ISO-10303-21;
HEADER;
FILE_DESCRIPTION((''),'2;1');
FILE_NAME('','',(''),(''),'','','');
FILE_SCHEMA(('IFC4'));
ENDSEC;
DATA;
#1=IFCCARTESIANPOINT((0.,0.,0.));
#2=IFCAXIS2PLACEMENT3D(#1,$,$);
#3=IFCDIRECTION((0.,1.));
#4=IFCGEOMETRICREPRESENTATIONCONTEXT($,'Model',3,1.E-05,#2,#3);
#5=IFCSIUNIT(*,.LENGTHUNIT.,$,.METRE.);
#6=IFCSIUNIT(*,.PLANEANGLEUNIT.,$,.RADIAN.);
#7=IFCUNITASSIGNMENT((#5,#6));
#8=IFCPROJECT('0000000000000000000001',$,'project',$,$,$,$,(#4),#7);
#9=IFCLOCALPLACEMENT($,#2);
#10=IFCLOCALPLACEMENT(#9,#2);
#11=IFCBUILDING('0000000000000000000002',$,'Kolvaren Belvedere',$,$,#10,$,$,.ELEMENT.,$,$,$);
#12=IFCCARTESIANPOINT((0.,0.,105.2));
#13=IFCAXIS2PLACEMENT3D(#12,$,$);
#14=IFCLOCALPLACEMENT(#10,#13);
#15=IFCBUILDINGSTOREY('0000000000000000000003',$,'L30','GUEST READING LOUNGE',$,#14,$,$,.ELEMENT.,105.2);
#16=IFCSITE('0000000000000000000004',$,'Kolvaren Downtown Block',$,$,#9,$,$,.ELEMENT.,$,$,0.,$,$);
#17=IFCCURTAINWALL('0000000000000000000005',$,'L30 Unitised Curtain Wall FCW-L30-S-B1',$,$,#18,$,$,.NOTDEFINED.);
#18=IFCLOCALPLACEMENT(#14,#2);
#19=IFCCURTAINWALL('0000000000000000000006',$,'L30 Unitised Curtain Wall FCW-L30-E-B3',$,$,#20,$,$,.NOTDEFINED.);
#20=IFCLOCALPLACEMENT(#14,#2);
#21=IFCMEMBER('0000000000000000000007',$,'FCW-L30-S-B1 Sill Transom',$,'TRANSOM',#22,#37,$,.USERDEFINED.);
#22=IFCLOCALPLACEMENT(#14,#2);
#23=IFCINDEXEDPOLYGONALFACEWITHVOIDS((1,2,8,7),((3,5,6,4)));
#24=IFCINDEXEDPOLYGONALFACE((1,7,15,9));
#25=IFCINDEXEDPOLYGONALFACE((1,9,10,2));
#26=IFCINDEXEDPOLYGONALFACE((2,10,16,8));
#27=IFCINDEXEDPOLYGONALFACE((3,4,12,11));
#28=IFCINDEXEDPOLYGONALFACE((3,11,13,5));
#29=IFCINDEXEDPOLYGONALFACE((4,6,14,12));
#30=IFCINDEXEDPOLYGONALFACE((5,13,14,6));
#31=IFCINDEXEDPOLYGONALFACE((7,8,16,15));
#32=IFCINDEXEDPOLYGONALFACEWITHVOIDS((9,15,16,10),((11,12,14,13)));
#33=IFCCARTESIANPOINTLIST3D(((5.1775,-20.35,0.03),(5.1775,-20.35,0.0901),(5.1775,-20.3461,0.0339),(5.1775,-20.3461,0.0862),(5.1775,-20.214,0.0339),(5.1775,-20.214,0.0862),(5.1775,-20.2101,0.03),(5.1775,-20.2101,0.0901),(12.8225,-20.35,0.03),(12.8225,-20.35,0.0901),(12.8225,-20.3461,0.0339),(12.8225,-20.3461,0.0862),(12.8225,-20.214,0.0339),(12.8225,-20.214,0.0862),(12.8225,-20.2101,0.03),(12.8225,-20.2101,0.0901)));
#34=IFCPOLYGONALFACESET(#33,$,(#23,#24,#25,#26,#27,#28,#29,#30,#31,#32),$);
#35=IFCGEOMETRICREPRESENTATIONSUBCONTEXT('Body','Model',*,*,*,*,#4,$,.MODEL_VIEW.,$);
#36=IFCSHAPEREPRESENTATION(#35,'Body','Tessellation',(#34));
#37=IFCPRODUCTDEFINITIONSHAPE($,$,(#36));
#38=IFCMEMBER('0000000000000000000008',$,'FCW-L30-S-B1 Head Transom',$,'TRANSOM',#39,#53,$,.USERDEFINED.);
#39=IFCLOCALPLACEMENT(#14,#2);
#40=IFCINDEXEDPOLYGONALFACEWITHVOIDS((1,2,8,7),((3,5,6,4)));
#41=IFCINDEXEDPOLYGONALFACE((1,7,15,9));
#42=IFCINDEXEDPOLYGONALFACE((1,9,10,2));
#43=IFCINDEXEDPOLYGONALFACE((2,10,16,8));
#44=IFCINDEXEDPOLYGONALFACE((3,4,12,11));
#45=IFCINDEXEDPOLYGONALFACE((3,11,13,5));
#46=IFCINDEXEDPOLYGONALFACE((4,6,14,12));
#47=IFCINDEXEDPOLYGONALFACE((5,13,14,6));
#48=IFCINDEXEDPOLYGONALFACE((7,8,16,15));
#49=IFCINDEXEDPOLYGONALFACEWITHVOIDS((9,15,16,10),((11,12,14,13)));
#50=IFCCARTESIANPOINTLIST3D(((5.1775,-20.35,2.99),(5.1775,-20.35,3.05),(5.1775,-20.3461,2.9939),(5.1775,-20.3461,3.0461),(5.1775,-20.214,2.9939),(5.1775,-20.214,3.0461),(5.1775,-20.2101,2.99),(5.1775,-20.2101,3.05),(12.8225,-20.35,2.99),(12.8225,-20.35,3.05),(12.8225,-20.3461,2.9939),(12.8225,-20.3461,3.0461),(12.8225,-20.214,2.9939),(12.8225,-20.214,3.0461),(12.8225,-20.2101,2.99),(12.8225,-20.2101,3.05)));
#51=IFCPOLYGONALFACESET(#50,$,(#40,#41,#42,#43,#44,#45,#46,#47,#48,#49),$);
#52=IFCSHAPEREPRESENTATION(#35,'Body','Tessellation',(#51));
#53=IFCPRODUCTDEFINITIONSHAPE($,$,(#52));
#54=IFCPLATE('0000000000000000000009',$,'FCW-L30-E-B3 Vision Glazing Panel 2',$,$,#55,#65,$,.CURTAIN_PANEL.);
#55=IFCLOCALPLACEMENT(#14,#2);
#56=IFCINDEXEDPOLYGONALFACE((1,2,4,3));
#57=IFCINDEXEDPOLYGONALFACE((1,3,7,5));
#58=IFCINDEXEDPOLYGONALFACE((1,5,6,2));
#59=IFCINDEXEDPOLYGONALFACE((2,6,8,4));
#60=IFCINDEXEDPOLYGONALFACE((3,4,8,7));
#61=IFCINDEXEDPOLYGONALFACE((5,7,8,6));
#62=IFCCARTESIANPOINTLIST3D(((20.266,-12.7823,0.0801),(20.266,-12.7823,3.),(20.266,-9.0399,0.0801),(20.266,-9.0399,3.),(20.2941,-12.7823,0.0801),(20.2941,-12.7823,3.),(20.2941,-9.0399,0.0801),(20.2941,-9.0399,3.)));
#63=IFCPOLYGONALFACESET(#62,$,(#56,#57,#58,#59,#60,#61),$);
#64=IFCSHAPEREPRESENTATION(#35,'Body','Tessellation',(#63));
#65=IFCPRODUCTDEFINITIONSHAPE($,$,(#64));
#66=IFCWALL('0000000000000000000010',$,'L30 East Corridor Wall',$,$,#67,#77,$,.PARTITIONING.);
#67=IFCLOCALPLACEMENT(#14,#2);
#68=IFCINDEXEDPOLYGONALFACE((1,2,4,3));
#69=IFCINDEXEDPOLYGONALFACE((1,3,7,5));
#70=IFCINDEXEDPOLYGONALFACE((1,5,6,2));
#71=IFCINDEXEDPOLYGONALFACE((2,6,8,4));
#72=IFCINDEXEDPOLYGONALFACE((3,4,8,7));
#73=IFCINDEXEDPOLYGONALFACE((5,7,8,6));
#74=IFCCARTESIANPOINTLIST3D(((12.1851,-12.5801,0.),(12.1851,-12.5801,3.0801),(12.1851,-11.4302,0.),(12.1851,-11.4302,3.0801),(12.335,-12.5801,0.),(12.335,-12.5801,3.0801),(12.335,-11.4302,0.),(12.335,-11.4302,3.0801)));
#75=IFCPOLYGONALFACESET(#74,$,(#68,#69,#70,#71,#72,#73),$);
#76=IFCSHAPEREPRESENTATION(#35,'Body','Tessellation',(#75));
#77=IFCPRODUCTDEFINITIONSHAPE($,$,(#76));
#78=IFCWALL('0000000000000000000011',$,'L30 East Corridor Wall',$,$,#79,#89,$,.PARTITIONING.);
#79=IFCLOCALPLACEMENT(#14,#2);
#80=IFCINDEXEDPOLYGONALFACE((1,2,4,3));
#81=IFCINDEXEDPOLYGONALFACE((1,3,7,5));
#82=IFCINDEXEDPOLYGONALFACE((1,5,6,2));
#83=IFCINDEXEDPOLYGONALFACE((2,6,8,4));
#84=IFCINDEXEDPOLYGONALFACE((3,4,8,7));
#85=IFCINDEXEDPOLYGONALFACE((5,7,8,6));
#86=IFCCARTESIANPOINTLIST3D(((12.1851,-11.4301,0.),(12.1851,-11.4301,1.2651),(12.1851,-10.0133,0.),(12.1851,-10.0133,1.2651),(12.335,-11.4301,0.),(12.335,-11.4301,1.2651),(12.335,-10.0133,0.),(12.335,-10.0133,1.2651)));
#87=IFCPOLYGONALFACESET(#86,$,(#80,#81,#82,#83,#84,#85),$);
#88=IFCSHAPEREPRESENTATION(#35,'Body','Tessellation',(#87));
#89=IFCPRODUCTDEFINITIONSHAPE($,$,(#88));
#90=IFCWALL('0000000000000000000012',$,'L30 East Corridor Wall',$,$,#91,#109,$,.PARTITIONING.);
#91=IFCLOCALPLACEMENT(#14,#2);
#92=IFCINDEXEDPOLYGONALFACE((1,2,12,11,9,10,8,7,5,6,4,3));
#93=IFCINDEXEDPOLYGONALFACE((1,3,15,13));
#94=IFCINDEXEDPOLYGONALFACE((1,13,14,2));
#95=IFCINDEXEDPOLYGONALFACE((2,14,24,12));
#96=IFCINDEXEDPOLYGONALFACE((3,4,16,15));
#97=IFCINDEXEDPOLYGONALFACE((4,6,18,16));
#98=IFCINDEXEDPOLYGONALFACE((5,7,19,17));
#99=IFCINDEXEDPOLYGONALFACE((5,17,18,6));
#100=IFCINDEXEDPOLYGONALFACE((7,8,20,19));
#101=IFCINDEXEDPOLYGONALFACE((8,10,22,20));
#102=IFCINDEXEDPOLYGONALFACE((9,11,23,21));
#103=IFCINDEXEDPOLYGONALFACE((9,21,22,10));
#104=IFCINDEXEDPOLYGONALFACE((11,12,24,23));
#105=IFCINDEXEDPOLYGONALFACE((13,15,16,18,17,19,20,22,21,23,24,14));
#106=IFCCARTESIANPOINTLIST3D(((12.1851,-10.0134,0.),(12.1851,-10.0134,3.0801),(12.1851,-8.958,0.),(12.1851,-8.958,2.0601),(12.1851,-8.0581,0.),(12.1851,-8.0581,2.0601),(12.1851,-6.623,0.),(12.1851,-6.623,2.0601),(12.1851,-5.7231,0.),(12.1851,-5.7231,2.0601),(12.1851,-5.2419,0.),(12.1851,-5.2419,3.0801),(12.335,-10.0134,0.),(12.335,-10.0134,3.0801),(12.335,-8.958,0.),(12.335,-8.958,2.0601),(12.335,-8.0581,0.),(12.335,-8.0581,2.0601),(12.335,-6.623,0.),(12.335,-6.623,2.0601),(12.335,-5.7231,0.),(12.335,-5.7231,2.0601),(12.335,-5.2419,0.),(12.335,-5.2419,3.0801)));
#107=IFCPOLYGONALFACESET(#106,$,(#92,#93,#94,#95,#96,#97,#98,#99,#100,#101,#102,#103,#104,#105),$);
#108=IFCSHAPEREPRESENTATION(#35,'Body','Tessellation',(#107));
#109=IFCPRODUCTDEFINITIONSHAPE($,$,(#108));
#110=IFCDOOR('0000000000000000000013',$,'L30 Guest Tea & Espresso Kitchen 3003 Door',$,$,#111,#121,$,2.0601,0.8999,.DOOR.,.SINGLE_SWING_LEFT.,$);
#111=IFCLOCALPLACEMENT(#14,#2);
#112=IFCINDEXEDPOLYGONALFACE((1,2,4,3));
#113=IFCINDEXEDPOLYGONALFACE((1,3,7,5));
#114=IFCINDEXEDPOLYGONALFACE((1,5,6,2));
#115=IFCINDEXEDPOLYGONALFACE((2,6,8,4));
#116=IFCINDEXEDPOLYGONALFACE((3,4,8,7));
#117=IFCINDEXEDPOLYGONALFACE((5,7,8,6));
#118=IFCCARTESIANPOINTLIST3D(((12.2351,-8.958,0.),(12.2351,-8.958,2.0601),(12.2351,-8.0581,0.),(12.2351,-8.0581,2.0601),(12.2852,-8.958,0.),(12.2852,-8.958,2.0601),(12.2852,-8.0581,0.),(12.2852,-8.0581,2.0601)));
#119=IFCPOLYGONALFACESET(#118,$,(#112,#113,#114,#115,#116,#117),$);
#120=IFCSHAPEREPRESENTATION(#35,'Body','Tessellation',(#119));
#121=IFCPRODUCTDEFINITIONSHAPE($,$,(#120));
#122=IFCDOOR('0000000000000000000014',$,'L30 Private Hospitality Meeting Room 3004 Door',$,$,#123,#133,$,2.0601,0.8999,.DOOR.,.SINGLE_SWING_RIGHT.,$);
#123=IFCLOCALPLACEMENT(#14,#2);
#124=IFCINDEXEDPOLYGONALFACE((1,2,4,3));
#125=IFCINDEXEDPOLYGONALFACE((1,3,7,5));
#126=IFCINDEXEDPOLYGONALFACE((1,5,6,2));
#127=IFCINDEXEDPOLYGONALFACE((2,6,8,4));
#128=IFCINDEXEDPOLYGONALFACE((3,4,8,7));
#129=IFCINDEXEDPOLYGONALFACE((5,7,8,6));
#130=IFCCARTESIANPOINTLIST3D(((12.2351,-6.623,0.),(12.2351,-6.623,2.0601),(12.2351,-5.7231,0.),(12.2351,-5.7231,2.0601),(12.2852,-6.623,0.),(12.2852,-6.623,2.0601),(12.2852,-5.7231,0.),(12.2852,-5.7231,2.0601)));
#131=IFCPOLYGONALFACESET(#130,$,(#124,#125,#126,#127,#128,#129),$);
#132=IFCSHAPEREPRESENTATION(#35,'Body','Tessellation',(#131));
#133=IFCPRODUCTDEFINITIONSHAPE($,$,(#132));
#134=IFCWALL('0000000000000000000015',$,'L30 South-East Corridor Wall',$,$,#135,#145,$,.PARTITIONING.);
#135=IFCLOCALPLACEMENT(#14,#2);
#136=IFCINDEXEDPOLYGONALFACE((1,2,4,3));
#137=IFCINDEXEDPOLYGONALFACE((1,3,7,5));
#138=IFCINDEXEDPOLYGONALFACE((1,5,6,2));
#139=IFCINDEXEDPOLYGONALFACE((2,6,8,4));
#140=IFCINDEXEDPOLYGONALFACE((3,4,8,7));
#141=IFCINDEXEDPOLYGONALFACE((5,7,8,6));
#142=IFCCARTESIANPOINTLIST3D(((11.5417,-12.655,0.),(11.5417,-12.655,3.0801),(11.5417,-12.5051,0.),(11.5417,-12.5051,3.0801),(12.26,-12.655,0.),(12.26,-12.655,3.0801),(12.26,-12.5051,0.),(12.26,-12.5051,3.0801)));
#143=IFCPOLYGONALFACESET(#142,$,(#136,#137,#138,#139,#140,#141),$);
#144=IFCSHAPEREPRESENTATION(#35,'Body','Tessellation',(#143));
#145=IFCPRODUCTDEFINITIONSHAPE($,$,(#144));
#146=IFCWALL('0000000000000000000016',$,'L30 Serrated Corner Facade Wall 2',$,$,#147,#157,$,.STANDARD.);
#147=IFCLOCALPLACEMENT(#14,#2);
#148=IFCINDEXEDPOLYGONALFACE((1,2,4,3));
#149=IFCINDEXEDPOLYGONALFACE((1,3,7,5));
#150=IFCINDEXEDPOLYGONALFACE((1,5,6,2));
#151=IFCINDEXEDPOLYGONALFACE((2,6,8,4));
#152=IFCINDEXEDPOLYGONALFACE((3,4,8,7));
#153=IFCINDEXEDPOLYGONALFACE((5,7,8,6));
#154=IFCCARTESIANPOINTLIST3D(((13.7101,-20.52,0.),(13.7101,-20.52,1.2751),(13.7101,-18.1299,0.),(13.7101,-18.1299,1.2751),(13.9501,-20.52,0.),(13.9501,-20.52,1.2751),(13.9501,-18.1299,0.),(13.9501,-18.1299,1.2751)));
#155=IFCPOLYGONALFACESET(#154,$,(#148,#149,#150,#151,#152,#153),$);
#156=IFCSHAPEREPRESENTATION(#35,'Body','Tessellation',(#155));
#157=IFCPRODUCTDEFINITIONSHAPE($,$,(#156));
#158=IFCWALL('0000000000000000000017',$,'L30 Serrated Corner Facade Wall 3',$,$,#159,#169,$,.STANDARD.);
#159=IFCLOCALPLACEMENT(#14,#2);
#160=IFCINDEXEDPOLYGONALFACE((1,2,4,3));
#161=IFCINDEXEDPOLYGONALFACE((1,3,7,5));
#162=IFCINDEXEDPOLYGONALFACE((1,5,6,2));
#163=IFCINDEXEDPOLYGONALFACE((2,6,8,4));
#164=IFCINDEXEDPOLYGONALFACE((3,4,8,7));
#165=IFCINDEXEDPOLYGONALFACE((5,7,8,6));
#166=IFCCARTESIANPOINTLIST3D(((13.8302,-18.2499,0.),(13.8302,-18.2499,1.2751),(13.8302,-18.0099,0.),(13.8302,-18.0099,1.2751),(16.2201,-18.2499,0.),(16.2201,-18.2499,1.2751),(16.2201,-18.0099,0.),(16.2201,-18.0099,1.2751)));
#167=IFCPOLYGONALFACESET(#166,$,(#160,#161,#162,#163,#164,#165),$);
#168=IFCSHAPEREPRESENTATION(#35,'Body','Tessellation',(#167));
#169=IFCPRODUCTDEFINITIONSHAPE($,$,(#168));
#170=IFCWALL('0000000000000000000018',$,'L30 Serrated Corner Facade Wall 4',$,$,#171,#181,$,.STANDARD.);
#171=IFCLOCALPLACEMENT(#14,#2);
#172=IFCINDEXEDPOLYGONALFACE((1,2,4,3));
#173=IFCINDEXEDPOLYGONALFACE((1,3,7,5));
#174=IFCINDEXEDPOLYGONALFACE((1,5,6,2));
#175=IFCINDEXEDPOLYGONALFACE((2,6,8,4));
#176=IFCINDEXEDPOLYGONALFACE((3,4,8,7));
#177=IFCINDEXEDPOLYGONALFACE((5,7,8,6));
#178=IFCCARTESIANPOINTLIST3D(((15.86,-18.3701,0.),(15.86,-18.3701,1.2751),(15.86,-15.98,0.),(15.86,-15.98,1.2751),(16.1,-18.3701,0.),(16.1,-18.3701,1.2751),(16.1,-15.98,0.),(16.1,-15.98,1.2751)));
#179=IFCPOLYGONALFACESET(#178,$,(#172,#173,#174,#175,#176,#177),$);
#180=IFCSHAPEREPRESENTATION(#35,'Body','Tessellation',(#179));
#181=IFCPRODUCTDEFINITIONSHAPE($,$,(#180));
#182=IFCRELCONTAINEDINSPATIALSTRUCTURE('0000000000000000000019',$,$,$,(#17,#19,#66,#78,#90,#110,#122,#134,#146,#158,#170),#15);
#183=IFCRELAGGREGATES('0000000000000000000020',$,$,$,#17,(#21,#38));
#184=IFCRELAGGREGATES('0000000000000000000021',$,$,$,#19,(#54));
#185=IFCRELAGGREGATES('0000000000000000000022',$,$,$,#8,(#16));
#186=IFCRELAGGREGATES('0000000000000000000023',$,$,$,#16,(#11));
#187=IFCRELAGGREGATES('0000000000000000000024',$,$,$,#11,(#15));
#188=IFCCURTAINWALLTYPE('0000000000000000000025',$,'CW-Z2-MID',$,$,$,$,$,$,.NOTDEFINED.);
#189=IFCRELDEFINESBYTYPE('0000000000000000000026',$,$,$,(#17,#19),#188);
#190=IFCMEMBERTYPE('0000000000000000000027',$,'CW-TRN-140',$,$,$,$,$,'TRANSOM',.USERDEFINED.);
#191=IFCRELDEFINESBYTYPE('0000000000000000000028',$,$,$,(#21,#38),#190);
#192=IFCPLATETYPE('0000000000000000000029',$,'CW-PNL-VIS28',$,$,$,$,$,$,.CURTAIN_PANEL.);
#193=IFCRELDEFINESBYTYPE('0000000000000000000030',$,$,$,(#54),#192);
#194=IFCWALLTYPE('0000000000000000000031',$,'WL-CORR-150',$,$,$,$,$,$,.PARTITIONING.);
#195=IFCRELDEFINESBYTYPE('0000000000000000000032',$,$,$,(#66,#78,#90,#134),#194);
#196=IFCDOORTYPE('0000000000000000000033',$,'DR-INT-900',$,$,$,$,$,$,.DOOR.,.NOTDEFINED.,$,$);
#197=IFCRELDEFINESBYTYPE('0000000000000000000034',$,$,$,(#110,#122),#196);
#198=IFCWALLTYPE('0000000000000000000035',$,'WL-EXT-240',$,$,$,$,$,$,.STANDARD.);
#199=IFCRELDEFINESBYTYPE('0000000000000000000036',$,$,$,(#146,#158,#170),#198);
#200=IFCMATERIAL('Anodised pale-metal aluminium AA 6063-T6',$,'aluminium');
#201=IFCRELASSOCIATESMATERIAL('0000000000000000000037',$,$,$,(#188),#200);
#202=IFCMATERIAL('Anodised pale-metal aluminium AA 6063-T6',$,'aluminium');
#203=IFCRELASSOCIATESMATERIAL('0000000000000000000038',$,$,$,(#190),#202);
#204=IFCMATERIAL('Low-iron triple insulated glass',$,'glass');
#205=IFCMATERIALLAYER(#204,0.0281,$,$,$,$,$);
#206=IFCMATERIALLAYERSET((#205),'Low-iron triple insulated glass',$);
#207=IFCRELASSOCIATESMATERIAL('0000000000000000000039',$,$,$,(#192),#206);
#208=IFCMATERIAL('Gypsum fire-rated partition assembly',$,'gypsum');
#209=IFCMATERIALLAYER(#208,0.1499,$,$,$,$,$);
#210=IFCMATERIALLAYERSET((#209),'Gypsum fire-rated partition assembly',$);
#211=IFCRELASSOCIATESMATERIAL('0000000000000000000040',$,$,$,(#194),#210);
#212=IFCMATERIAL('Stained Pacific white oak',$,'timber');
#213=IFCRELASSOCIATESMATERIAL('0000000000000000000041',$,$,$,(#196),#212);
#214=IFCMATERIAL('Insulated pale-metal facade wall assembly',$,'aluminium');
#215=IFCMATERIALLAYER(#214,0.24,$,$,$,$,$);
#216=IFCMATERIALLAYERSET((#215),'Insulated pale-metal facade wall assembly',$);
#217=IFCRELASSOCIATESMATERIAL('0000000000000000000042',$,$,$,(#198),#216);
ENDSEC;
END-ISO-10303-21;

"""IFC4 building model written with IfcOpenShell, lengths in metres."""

from ifc_helpers import new_model, si_unit, direction, frame, frame_2d, origin, origin_2d, place, context, subcontext, project, spatial, rectangle, hollow_rectangle, extrude, material, layer, layer_set, material_profile, profile_set, type_object, element, fill, aggregate, save


model = new_model("IFC4")

# Units and contexts
model_context = context("Model", 3, precision=1e-05, world=origin(), true_north=direction((0.0, 1.0)))
body_context = subcontext(model_context, "Body", "Model", "MODEL_VIEW")
ifc_project = project(units=[si_unit("LENGTHUNIT", "METRE"), si_unit("PLANEANGLEUNIT", "RADIAN")], contexts=[model_context])

# Site, building, storey
site_placement = place(None, origin())
site = spatial("IfcSite", under=ifc_project, at=site_placement, Name="Kolvaren Downtown Block", CompositionType="ELEMENT", RefElevation=0.0)
building_placement = place(site_placement, origin())
building = spatial("IfcBuilding", under=site, at=building_placement, Name="Kolvaren Belvedere", CompositionType="ELEMENT")
storey_placement = place(building_placement, frame((0.0, 0.0, 105.2)))
storey = spatial("IfcBuildingStorey", under=building, at=storey_placement, Name="L30", Description="GUEST READING LOUNGE", CompositionType="ELEMENT", Elevation=105.2)

# Curtain walls
ifc_material_1 = material(Name="Anodised pale-metal aluminium AA 6063-T6", Category="aluminium")
curtain_wall_type = type_object("IfcCurtainWallType", Name="CW-Z2-MID", PredefinedType="NOTDEFINED", material=ifc_material_1)
curtain_wall_1_placement = place(storey_placement, origin())
curtain_wall_1 = element("IfcCurtainWall", 1, at=curtain_wall_1_placement, inside=storey, type_object=curtain_wall_type, Name="L30 Unitised Curtain Wall FCW-L30-S-B1", PredefinedType="NOTDEFINED")
curtain_wall_2_placement = place(storey_placement, origin())
curtain_wall_2 = element("IfcCurtainWall", 2, at=curtain_wall_2_placement, inside=storey, type_object=curtain_wall_type, Name="L30 Unitised Curtain Wall FCW-L30-E-B3", PredefinedType="NOTDEFINED")

# Members
ifc_material_2 = material(Name="Anodised pale-metal aluminium AA 6063-T6", Category="aluminium")
ifc_material_profile_1 = material_profile(ifc_material_2, hollow_rectangle(XDim=0.0601, YDim=0.1399, WallThickness=0.0039, at=origin_2d()), Name="ALU-TRN-140X60")
ifc_profile_set_1 = profile_set([ifc_material_profile_1], Name="Anodised pale-metal aluminium AA 6063-T6")
member_type_1 = type_object("IfcMemberType", Name="CW-TRN-140", ElementType="TRANSOM", PredefinedType="USERDEFINED", material=ifc_profile_set_1)
member_1_placement = place(storey_placement, frame((12.8225, -20.28, 0.0601), z_axis=(-1.0, 0.0, 0.0), x_axis=(0.0, 0.0, 1.0)))
member_1 = element("IfcMember", 3, at=member_1_placement, type_object=member_type_1, Name="FCW-L30-S-B1 Sill Transom", ObjectType="TRANSOM", PredefinedType="USERDEFINED", context=body_context, shape_type="SweptSolid", body=[
    extrude(hollow_rectangle(XDim=0.0601, YDim=0.1399, WallThickness=0.0039, at=origin_2d()), origin(), (0.0, 0.0, 1.0), 7.645),
])
member_2_placement = place(storey_placement, frame((12.8225, -20.28, 3.02), z_axis=(-1.0, 0.0, 0.0), x_axis=(0.0, 0.0, 1.0)))
member_2 = element("IfcMember", 4, at=member_2_placement, type_object=member_type_1, Name="FCW-L30-S-B1 Head Transom", ObjectType="TRANSOM", PredefinedType="USERDEFINED", context=body_context, shape_type="SweptSolid", body=[
    extrude(hollow_rectangle(XDim=0.0601, YDim=0.1399, WallThickness=0.0039, at=origin_2d()), origin(), (0.0, 0.0, 1.0), 7.645),
])
aggregate(curtain_wall_1, [member_1, member_2])

# Plate
ifc_material_3 = material(Name="Low-iron triple insulated glass", Category="glass")
ifc_layer_1 = layer(ifc_material_3, 0.0281)
ifc_layer_set_1 = layer_set([ifc_layer_1], Name="Low-iron triple insulated glass")
plate_type = type_object("IfcPlateType", Name="CW-PNL-VIS28", PredefinedType="CURTAIN_PANEL", material=ifc_layer_set_1)
plate_placement = place(storey_placement, frame((20.28, -10.9111, 0.0801), z_axis=(0.0, 0.0, 1.0), x_axis=(0.0, -1.0, 0.0)))
plate = element("IfcPlate", 5, at=plate_placement, type_object=plate_type, Name="FCW-L30-E-B3 Vision Glazing Panel 2", PredefinedType="CURTAIN_PANEL", context=body_context, shape_type="SweptSolid", body=[
    extrude(rectangle(XDim=3.7424, YDim=0.0281, at=origin_2d()), origin(), (0.0, 0.0, 1.0), 2.9199),
])
aggregate(curtain_wall_2, [plate])

# Walls
ifc_material_4 = material(Name="Gypsum fire-rated partition assembly", Category="gypsum")
ifc_layer_2 = layer(ifc_material_4, 0.1499)
ifc_layer_set_2 = layer_set([ifc_layer_2], Name="Gypsum fire-rated partition assembly")
wall_type_1 = type_object("IfcWallType", Name="WL-CORR-150", PredefinedType="PARTITIONING", material=ifc_layer_set_2)
wall_1_placement = place(storey_placement, frame((12.26, -12.5801, 0.0), z_axis=(0.0, 0.0, 1.0), x_axis=(0.0, 1.0, 0.0)))
element("IfcWall", 6, at=wall_1_placement, inside=storey, type_object=wall_type_1, Name="L30 East Corridor Wall", PredefinedType="PARTITIONING", context=body_context, shape_type="SweptSolid", body=[
    extrude(rectangle(XDim=1.1499, YDim=0.1499, at=frame_2d((0.575, 0.0))), origin(), (0.0, 0.0, 1.0), 3.0801),
])
wall_2_placement = place(storey_placement, frame((12.26, -11.4302, 0.0), z_axis=(0.0, 0.0, 1.0), x_axis=(0.0, 1.0, 0.0)))
element("IfcWall", 7, at=wall_2_placement, inside=storey, type_object=wall_type_1, Name="L30 East Corridor Wall", PredefinedType="PARTITIONING", context=body_context, shape_type="SweptSolid", body=[
    extrude(rectangle(XDim=1.4167, YDim=0.1499, at=frame_2d((0.7085, 0.0))), origin(), (0.0, 0.0, 1.0), 1.2651),
])

# Wall, openings, doors
wall_3_placement = place(storey_placement, frame((12.26, -10.0134, 0.0), z_axis=(0.0, 0.0, 1.0), x_axis=(0.0, 1.0, 0.0)))
wall_3 = element("IfcWall", 8, at=wall_3_placement, inside=storey, type_object=wall_type_1, Name="L30 East Corridor Wall", PredefinedType="PARTITIONING", context=body_context, shape_type="SweptSolid", body=[
    extrude(rectangle(XDim=4.7715, YDim=0.1499, at=frame_2d((2.3857, 0.0))), origin(), (0.0, 0.0, 1.0), 3.0801),
])
opening_1_placement = place(wall_3_placement, frame((1.0554, 0.0, 0.0)))
opening_1 = element("IfcOpeningElement", 9, at=opening_1_placement, cuts=wall_3, PredefinedType="OPENING", context=body_context, shape_type="SweptSolid", body=[
    extrude(rectangle(XDim=0.8999, YDim=2.0601, at=frame_2d((0.45, 1.03))), frame((0.0, 0.085, 0.0), z_axis=(0.0, -1.0, 0.0), x_axis=(1.0, 0.0, 0.0)), (0.0, 0.0, 1.0), 0.1699),
])
opening_2_placement = place(wall_3_placement, frame((3.3904, 0.0, 0.0)))
opening_2 = element("IfcOpeningElement", 10, at=opening_2_placement, cuts=wall_3, PredefinedType="OPENING", context=body_context, shape_type="SweptSolid", body=[
    extrude(rectangle(XDim=0.8999, YDim=2.0601, at=frame_2d((0.45, 1.03))), frame((0.0, 0.085, 0.0), z_axis=(0.0, -1.0, 0.0), x_axis=(1.0, 0.0, 0.0)), (0.0, 0.0, 1.0), 0.1699),
])
ifc_material_5 = material(Name="Stained Pacific white oak", Category="timber")
door_type = type_object("IfcDoorType", Name="DR-INT-900", OperationType="NOTDEFINED", PredefinedType="DOOR", material=ifc_material_5)
door_1_placement = place(opening_1_placement, origin())
door_1 = element("IfcDoor", 11, at=door_1_placement, inside=storey, type_object=door_type, Name="L30 Guest Tea & Espresso Kitchen 3003 Door", OperationType="SINGLE_SWING_LEFT", OverallHeight=2.0601, OverallWidth=0.8999, PredefinedType="DOOR", context=body_context, shape_type="SweptSolid", body=[
    extrude(rectangle(XDim=0.8999, YDim=2.0601, at=frame_2d((0.45, 1.03))), frame((0.0, 0.0249, 0.0), z_axis=(0.0, -1.0, 0.0), x_axis=(1.0, 0.0, 0.0)), (0.0, 0.0, 1.0), 0.05),
])
fill(opening_1, door_1)
door_2_placement = place(opening_2_placement, origin())
door_2 = element("IfcDoor", 12, at=door_2_placement, inside=storey, type_object=door_type, Name="L30 Private Hospitality Meeting Room 3004 Door", OperationType="SINGLE_SWING_RIGHT", OverallHeight=2.0601, OverallWidth=0.8999, PredefinedType="DOOR", context=body_context, shape_type="SweptSolid", body=[
    extrude(rectangle(XDim=0.8999, YDim=2.0601, at=frame_2d((0.45, 1.03))), frame((0.0, 0.0249, 0.0), z_axis=(0.0, -1.0, 0.0), x_axis=(1.0, 0.0, 0.0)), (0.0, 0.0, 1.0), 0.05),
])
fill(opening_2, door_2)

# Walls
wall_4_placement = place(storey_placement, frame((11.5417, -12.5801, 0.0), z_axis=(0.0, 0.0, 1.0), x_axis=(1.0, 0.0, 0.0)))
element("IfcWall", 13, at=wall_4_placement, inside=storey, type_object=wall_type_1, Name="L30 South-East Corridor Wall", PredefinedType="PARTITIONING", context=body_context, shape_type="SweptSolid", body=[
    extrude(rectangle(XDim=0.7183, YDim=0.1499, at=frame_2d((0.3591, 0.0))), origin(), (0.0, 0.0, 1.0), 3.0801),
])
ifc_material_6 = material(Name="Insulated pale-metal facade wall assembly", Category="aluminium")
ifc_layer_3 = layer(ifc_material_6, 0.24)
ifc_layer_set_3 = layer_set([ifc_layer_3], Name="Insulated pale-metal facade wall assembly")
wall_type_2 = type_object("IfcWallType", Name="WL-EXT-240", PredefinedType="STANDARD", material=ifc_layer_set_3)
wall_5_placement = place(storey_placement, frame((13.8301, -18.1299, 0.0), z_axis=(0.0, 0.0, 1.0), x_axis=(0.0, -1.0, 0.0)))
element("IfcWall", 14, at=wall_5_placement, inside=storey, type_object=wall_type_2, Name="L30 Serrated Corner Facade Wall 2", PredefinedType="STANDARD", context=body_context, shape_type="SweptSolid", body=[
    extrude(rectangle(XDim=2.3901, YDim=0.24, at=frame_2d((1.1951, 0.0))), origin(), (0.0, 0.0, 1.0), 1.2751),
])
wall_6_placement = place(storey_placement, frame((16.22, -18.1299, 0.0), z_axis=(0.0, 0.0, 1.0), x_axis=(-1.0, 0.0, 0.0)))
element("IfcWall", 15, at=wall_6_placement, inside=storey, type_object=wall_type_2, Name="L30 Serrated Corner Facade Wall 3", PredefinedType="STANDARD", context=body_context, shape_type="SweptSolid", body=[
    extrude(rectangle(XDim=2.3899, YDim=0.24, at=frame_2d((1.1948, 0.0))), origin(), (0.0, 0.0, 1.0), 1.2751),
])
for number, where, z_axis, x_axis, name in (
    (16, (15.98, -15.98, 0.0), (0.0, 0.0, 1.0), (0.0, -1.0, 0.0), "L30 Serrated Corner Facade Wall 4"),
):
    element("IfcWall", number, at=place(storey_placement, frame(where, z_axis=z_axis, x_axis=x_axis)), inside=storey, type_object=wall_type_2, Name=name, PredefinedType="STANDARD", context=body_context, shape_type="SweptSolid", body=[
        extrude(rectangle(XDim=2.3901, YDim=0.24, at=frame_2d((1.1951, 0.0))), origin(), (0.0, 0.0, 1.0), 1.2751),
    ])

save(model, "model.ifc")
